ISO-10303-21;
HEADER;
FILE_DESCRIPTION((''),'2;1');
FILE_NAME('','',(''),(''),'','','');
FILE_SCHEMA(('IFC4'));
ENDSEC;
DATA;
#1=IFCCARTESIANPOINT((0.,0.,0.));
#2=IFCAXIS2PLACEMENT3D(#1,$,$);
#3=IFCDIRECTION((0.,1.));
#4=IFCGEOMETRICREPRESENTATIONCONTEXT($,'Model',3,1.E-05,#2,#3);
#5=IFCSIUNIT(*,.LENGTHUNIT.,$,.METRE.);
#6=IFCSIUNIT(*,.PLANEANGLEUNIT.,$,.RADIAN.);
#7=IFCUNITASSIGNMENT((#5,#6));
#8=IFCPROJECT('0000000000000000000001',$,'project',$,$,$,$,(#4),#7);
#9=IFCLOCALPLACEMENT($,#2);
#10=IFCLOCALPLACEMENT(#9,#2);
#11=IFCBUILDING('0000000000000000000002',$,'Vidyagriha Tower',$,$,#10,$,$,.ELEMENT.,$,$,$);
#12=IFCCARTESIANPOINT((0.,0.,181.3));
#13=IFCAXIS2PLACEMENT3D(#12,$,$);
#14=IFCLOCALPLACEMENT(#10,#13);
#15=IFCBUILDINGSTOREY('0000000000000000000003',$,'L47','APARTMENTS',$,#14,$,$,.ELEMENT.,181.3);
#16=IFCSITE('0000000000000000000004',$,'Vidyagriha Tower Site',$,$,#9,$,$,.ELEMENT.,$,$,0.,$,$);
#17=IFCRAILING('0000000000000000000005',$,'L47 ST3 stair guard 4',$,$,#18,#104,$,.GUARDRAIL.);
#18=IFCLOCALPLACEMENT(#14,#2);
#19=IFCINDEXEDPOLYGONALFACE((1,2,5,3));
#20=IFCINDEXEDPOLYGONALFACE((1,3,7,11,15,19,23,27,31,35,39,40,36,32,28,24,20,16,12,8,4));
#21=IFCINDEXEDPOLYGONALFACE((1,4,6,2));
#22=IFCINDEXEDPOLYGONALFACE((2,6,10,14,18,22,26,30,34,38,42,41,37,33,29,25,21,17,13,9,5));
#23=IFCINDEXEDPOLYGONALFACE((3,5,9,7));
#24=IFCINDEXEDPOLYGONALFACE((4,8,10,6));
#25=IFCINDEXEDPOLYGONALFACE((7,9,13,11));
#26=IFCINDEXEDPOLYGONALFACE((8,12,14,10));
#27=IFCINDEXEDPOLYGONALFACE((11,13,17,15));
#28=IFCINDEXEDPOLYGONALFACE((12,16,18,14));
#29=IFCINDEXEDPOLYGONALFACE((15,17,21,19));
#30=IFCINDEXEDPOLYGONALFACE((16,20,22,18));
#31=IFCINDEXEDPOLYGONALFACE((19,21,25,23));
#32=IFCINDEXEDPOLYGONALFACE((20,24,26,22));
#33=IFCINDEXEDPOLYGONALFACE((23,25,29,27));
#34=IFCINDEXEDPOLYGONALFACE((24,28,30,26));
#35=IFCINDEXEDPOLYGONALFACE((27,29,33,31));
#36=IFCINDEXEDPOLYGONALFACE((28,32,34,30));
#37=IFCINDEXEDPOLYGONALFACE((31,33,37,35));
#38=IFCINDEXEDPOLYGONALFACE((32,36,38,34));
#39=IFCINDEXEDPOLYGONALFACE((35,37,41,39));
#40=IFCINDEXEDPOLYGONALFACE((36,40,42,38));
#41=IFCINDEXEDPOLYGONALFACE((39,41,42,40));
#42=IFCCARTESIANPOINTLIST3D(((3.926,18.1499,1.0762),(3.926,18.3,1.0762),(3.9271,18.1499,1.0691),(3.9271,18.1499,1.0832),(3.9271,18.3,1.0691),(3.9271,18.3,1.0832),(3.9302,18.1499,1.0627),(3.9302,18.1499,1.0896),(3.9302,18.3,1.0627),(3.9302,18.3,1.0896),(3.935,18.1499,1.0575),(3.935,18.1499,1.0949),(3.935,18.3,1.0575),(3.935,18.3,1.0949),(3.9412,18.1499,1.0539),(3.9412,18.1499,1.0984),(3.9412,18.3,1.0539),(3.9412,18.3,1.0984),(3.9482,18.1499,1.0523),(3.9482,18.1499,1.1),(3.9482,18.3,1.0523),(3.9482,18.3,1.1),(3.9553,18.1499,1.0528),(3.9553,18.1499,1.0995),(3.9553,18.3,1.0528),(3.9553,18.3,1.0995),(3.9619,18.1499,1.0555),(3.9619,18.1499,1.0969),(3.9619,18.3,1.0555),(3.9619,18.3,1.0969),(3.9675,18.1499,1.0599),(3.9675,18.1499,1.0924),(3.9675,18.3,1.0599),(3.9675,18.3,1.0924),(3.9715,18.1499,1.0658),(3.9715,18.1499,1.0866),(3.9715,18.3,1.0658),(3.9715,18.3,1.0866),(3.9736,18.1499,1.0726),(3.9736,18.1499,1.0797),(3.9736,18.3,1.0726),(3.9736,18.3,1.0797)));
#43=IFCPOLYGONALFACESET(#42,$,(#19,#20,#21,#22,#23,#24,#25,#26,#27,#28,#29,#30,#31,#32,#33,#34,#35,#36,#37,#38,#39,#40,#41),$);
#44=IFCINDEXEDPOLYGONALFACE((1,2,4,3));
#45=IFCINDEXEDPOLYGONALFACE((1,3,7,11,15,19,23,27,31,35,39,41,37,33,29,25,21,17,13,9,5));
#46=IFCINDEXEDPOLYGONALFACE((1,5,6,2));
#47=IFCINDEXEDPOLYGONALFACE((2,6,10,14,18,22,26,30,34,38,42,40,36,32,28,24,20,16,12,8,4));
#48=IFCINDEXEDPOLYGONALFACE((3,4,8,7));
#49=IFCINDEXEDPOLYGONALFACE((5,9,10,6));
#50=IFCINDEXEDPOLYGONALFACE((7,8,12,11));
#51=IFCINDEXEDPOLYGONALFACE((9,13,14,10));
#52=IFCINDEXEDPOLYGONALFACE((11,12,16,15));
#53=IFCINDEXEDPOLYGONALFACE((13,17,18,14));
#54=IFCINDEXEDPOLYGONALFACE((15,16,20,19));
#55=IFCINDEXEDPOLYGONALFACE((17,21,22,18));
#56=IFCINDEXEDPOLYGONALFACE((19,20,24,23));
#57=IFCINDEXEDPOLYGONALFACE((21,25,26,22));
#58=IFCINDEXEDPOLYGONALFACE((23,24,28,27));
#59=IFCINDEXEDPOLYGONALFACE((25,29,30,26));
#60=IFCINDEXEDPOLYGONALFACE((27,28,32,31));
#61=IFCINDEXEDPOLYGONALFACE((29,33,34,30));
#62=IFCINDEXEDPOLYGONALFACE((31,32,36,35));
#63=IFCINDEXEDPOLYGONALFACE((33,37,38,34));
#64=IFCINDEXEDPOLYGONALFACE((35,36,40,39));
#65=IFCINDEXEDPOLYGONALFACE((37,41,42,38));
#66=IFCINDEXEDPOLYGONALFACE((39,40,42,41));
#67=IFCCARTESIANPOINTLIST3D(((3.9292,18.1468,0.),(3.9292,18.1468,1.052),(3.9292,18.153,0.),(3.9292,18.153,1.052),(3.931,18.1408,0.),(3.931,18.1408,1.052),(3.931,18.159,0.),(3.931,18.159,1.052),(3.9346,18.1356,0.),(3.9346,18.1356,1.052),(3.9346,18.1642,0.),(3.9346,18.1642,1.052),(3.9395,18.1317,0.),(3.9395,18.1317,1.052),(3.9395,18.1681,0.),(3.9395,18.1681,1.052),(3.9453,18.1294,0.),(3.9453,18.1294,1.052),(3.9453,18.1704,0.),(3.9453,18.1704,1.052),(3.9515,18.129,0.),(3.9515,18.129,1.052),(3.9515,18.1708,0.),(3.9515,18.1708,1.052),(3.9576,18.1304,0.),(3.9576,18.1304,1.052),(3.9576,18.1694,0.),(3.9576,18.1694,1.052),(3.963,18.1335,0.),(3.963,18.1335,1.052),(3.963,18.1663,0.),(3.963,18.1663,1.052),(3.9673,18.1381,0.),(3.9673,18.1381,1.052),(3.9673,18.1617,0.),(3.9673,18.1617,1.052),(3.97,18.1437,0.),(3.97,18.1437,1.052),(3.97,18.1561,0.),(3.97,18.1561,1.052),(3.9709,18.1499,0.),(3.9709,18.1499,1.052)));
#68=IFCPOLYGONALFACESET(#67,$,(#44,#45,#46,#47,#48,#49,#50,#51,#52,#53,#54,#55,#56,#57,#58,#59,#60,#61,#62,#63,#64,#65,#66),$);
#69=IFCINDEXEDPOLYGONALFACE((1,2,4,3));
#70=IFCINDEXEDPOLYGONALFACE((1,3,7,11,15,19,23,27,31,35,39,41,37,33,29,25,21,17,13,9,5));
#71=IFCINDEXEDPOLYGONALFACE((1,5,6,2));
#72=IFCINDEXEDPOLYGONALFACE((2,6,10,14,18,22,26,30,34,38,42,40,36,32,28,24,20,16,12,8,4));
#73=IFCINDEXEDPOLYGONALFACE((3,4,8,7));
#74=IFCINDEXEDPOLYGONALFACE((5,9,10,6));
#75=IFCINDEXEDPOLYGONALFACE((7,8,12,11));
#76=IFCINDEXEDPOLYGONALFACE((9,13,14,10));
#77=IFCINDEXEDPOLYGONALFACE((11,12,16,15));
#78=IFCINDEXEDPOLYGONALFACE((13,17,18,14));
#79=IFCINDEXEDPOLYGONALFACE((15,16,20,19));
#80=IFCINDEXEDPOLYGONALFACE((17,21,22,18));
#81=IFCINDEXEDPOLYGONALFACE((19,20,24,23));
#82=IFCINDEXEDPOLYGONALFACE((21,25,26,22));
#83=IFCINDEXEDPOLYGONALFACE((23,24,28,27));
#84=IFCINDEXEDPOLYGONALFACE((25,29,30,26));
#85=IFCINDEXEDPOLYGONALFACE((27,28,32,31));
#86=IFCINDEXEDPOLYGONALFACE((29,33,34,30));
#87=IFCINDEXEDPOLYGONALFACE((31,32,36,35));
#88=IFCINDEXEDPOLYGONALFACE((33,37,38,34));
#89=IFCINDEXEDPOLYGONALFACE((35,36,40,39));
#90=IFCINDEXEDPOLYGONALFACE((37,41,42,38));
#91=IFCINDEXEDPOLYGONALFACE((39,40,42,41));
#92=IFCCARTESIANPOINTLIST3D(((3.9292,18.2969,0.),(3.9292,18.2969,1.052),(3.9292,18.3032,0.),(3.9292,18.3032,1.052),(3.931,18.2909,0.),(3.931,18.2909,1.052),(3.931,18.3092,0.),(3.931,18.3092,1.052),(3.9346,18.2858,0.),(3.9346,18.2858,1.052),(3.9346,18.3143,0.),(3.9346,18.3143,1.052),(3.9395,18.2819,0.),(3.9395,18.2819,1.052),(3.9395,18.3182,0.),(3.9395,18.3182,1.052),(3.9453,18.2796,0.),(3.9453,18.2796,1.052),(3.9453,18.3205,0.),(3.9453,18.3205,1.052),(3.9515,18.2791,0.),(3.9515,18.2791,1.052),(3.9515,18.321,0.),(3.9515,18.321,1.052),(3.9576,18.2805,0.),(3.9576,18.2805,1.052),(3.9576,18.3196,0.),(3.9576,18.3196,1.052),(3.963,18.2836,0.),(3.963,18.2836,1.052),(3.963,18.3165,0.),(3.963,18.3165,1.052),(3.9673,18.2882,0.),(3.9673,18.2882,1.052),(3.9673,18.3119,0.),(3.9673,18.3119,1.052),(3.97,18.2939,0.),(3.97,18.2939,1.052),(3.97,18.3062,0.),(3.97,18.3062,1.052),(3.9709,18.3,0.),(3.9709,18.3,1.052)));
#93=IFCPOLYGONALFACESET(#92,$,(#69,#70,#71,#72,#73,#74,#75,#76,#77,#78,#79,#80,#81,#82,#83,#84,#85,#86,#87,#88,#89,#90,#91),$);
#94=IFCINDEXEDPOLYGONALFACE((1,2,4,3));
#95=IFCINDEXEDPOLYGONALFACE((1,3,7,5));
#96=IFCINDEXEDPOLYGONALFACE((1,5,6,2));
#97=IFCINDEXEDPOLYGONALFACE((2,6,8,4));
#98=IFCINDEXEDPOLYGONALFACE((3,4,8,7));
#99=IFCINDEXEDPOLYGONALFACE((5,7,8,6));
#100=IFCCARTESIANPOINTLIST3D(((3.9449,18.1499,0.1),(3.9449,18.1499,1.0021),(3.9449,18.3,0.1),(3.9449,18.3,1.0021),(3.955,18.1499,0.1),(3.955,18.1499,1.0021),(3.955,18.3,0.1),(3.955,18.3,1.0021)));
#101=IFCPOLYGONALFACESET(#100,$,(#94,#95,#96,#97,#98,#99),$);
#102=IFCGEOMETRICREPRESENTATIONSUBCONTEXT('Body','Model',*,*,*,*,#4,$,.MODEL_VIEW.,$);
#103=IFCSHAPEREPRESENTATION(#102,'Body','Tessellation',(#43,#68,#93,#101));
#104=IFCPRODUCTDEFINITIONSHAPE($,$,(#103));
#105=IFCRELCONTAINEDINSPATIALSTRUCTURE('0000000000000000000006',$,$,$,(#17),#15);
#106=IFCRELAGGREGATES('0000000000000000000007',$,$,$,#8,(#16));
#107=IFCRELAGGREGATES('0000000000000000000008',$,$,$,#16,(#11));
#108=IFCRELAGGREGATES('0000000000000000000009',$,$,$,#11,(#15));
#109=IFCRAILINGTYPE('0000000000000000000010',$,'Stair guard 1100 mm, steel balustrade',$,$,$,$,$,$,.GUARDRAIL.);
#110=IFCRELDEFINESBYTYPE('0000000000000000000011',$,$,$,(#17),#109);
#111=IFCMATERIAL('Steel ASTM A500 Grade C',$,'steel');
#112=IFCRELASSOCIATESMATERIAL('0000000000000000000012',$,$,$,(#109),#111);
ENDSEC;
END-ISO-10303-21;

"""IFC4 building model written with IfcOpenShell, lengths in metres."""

from ifc_helpers import new_model, si_unit, direction, frame, origin, origin_2d, place, context, subcontext, project, spatial, rectangle, circle, extrude, material, type_object, element, save


model = new_model("IFC4")

# Units and contexts
model_context = context("Model", 3, precision=1e-05, world=origin(), true_north=direction((0.0, 1.0)))
body_context = subcontext(model_context, "Body", "Model", "MODEL_VIEW")
ifc_project = project(units=[si_unit("LENGTHUNIT", "METRE"), si_unit("PLANEANGLEUNIT", "RADIAN")], contexts=[model_context])

# Site, building, storey
site_placement = place(None, origin())
site = spatial("IfcSite", under=ifc_project, at=site_placement, Name="Vidyagriha Tower Site", CompositionType="ELEMENT", RefElevation=0.0)
building_placement = place(site_placement, origin())
building = spatial("IfcBuilding", under=site, at=building_placement, Name="Vidyagriha Tower", CompositionType="ELEMENT")
storey_placement = place(building_placement, frame((0.0, 0.0, 181.3)))
storey = spatial("IfcBuildingStorey", under=building, at=storey_placement, Name="L47", Description="APARTMENTS", CompositionType="ELEMENT", Elevation=181.3)

# Railing
ifc_material_1 = material(Name="Steel ASTM A500 Grade C", Category="steel")
railing_type_1 = type_object("IfcRailingType", Name="Stair guard 1100 mm, steel balustrade", PredefinedType="GUARDRAIL", material=ifc_material_1)
railing_1_placement = place(storey_placement, frame((3.95, 18.1499, 0.0)))
element("IfcRailing", 1, at=railing_1_placement, inside=storey, type_object=railing_type_1, Name="L47 ST3 stair guard 4", PredefinedType="GUARDRAIL", context=body_context, shape_type="SweptSolid", body=[
    extrude(circle(Radius=0.0239, at=origin_2d()), frame((0.0, 0.0, 1.0762), z_axis=(0.0, 1.0, 0.0), x_axis=(-1.0, 0.0, 0.0)), (0.0, 0.0, 1.0), 0.1501),
    extrude(circle(Radius=0.021, at=origin_2d()), origin(), (0.0, 0.0, 1.0), 1.052),
    extrude(circle(Radius=0.021, at=origin_2d()), frame((0.0, 0.1501, 0.0)), (0.0, 0.0, 1.0), 1.052),
    extrude(rectangle(XDim=0.01, YDim=0.9021, at=origin_2d()), frame((0.0, 0.0, 0.551), z_axis=(0.0, 1.0, 0.0), x_axis=(-1.0, 0.0, 0.0)), (0.0, 0.0, 1.0), 0.1501),
])

save(model, "model.ifc")
